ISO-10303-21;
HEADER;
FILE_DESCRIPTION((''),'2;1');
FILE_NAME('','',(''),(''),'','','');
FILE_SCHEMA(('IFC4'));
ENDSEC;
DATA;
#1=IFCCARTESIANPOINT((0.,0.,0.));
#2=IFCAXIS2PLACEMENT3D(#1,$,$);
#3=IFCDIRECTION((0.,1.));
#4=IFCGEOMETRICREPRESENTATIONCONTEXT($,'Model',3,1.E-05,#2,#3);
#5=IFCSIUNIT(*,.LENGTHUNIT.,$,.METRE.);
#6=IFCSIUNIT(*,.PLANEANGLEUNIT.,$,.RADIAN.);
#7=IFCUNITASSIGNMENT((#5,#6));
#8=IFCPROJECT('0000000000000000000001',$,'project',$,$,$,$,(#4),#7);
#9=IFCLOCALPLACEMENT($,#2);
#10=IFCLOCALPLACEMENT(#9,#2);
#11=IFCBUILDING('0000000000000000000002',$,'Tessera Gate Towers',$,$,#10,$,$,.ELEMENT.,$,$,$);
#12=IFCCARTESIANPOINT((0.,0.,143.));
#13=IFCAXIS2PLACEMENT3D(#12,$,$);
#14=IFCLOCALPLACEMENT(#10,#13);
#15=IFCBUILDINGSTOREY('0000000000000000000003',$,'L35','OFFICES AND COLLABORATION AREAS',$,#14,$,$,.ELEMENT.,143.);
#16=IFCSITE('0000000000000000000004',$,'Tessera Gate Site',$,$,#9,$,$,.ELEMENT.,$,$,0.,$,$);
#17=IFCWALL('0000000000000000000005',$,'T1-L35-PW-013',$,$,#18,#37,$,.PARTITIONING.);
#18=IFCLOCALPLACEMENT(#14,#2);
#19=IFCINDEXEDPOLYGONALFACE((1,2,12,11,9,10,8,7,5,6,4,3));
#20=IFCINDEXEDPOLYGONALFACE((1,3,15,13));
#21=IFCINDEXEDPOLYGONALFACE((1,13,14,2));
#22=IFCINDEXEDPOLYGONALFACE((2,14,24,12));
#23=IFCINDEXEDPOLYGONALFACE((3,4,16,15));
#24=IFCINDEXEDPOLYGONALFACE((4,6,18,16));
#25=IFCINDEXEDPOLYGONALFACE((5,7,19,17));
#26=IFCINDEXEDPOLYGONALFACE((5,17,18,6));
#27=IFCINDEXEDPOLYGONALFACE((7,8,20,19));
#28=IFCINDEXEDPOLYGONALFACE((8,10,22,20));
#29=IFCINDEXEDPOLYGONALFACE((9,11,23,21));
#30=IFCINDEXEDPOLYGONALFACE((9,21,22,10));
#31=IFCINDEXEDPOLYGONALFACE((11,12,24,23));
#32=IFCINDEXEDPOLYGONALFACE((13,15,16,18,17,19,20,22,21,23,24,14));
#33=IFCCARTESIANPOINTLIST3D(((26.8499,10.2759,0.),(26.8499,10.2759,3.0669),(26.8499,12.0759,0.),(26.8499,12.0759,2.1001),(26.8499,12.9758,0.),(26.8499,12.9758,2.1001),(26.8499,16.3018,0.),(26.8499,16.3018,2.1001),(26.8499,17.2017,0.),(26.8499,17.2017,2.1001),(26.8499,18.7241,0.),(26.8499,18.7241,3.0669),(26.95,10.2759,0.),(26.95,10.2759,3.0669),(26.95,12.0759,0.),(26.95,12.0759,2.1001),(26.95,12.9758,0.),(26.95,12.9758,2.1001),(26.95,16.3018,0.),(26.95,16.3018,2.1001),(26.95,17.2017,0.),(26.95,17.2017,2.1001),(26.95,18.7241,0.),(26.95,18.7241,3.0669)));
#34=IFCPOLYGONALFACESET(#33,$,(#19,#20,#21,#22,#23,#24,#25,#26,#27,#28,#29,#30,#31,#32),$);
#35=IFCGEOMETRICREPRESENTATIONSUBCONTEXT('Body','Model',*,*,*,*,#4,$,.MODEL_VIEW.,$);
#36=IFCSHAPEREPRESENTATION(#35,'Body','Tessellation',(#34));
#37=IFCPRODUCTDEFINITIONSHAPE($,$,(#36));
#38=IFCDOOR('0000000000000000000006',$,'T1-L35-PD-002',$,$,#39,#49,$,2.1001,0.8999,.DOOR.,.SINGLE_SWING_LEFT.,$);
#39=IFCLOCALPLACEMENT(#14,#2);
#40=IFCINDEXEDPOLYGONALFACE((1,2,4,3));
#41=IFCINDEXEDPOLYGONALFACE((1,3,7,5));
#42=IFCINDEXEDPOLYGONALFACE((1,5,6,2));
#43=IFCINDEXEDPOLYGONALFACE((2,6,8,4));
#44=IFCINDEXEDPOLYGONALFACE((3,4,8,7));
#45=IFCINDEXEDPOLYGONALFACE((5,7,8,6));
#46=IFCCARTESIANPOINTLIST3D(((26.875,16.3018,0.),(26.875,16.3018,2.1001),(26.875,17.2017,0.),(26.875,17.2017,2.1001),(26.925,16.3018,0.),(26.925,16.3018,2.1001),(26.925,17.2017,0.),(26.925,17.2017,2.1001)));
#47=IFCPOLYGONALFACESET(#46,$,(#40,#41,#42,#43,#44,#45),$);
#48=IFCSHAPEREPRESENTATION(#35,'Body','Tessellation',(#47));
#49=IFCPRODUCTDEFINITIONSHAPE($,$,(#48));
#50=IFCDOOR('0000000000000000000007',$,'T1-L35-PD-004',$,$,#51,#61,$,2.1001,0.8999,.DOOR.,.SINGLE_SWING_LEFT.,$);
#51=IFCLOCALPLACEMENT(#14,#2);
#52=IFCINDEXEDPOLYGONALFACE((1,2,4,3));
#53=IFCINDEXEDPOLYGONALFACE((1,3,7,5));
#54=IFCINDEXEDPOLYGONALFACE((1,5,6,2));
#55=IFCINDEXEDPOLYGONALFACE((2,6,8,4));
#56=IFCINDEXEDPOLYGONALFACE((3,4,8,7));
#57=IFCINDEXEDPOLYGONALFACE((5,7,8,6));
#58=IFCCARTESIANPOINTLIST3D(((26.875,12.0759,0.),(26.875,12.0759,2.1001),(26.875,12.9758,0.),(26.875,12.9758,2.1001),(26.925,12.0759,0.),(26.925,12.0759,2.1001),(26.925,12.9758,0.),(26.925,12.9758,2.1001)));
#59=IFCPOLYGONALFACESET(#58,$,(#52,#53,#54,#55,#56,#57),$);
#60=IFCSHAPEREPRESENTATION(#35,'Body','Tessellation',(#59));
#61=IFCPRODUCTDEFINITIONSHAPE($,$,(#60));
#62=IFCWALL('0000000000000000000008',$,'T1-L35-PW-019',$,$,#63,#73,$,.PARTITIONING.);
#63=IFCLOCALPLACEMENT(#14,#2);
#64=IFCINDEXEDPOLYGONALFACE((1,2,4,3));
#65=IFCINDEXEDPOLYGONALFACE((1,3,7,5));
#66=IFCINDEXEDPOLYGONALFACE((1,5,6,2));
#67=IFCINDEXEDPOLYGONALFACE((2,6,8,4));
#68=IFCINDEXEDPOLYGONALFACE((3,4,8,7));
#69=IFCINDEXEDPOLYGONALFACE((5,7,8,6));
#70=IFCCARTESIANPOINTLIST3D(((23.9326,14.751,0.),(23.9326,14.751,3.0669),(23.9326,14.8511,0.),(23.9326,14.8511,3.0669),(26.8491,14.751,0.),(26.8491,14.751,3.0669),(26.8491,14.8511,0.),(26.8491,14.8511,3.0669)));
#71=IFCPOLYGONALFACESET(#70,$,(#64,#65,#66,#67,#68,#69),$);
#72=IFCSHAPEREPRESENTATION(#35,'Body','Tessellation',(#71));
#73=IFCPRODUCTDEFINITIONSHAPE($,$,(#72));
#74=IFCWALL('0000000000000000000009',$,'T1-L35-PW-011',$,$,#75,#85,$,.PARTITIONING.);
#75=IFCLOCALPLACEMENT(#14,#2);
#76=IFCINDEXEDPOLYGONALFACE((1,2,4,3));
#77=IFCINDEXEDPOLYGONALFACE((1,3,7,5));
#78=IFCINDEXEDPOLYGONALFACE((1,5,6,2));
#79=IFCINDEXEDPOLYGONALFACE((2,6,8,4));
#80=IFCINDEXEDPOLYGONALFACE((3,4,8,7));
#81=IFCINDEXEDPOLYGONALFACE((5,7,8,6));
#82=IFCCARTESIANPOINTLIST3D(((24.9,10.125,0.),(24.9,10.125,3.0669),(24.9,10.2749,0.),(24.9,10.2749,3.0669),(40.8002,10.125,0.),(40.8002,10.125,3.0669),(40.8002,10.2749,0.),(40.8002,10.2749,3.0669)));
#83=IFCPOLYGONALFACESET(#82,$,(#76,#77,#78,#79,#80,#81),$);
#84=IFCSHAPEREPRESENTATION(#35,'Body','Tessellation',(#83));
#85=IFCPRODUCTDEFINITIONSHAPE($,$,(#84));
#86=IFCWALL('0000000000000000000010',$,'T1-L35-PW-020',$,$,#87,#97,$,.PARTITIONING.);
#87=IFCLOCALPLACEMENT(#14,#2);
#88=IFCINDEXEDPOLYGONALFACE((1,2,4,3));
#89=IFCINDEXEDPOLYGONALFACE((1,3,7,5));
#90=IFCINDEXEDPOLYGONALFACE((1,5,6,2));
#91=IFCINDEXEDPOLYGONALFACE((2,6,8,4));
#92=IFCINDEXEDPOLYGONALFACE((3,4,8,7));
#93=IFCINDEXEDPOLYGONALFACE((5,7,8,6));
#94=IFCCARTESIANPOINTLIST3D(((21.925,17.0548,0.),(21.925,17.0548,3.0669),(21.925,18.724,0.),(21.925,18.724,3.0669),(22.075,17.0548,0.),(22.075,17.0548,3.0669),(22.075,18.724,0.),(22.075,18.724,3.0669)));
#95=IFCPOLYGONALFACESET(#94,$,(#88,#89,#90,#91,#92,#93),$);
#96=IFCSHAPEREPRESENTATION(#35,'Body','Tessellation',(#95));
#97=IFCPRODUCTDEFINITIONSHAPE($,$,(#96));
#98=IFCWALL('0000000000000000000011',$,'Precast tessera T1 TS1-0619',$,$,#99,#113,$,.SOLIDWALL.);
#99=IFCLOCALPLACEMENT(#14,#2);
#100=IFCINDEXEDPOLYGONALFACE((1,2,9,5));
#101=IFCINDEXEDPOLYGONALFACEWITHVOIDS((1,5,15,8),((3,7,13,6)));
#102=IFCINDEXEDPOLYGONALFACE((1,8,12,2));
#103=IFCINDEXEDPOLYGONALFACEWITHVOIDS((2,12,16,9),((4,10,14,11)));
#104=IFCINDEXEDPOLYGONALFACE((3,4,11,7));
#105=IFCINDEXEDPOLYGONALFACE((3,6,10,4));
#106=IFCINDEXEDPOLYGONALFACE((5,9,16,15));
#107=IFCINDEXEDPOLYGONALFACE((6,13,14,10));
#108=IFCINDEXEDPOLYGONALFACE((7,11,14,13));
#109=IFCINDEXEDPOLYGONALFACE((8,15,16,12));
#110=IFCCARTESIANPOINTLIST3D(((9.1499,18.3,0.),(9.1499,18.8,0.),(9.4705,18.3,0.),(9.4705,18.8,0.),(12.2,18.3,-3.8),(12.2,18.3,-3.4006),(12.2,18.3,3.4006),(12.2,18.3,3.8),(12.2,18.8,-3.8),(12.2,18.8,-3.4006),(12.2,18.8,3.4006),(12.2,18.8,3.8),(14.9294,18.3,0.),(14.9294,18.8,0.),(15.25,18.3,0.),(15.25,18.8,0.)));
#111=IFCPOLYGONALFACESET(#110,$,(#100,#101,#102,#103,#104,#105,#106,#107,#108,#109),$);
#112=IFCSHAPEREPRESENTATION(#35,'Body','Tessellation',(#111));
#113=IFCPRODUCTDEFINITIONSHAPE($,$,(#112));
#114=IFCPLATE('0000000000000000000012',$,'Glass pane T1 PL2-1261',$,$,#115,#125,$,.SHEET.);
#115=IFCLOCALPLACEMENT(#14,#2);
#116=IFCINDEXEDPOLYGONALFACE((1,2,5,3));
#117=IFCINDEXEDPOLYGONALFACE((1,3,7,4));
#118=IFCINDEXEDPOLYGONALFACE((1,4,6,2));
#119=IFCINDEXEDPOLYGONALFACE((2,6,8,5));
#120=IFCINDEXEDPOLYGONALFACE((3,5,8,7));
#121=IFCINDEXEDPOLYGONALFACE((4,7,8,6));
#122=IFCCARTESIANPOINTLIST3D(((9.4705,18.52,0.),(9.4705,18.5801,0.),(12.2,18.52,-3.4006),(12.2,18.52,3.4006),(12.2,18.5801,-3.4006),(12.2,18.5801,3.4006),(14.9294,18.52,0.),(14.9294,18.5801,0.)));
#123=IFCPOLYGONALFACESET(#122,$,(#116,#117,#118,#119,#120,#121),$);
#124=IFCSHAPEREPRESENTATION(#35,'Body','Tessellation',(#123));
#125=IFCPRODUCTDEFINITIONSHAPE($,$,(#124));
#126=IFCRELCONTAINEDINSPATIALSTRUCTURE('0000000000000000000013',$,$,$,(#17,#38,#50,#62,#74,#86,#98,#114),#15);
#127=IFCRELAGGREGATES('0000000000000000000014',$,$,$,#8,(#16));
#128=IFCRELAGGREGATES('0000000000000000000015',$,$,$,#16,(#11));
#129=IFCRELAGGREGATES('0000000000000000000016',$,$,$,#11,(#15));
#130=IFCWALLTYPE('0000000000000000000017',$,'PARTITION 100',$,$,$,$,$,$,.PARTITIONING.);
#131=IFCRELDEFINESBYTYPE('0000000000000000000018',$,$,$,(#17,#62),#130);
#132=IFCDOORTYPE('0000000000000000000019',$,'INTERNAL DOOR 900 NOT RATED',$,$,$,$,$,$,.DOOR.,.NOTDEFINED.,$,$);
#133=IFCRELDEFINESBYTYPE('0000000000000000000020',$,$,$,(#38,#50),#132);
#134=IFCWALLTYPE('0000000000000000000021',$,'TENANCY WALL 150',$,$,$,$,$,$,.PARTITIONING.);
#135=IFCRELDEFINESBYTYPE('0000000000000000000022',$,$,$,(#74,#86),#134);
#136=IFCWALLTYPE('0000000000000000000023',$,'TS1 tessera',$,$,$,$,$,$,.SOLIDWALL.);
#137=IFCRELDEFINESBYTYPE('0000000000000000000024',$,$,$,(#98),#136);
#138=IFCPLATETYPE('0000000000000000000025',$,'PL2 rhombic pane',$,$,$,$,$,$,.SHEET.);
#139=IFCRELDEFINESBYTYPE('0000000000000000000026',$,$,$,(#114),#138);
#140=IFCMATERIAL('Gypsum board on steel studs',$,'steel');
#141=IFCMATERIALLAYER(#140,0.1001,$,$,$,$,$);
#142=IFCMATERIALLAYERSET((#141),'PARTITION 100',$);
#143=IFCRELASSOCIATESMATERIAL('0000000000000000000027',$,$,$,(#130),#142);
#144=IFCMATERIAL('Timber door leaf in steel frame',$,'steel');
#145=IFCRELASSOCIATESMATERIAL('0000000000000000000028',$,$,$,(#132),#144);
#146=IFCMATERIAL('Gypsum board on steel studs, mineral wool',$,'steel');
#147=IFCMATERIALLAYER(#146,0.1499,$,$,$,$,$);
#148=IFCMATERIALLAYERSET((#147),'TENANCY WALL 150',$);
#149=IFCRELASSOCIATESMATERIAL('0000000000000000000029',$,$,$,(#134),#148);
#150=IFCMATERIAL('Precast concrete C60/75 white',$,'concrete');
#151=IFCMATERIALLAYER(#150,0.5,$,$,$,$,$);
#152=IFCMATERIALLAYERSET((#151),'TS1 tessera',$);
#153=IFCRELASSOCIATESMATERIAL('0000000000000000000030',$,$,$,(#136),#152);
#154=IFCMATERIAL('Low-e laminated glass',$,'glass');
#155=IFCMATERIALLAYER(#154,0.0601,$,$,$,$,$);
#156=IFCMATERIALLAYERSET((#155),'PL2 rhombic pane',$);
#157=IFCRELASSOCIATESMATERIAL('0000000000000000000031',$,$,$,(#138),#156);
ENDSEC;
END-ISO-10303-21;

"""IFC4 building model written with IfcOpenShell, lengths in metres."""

from ifc_helpers import new_model, si_unit, direction, frame, frame_2d, origin, place, context, subcontext, project, spatial, polyline, rectangle, outline, extrude, source, transform, mapped, material, layer, layer_set, type_object, element, fill, save


model = new_model("IFC4")

# Units and contexts
model_context = context("Model", 3, precision=1e-05, world=origin(), true_north=direction((0.0, 1.0)))
body_context = subcontext(model_context, "Body", "Model", "MODEL_VIEW")
ifc_project = project(units=[si_unit("LENGTHUNIT", "METRE"), si_unit("PLANEANGLEUNIT", "RADIAN")], contexts=[model_context])

# Site, building, storey
site_placement = place(None, origin())
site = spatial("IfcSite", under=ifc_project, at=site_placement, Name="Tessera Gate Site", CompositionType="ELEMENT", RefElevation=0.0)
building_placement = place(site_placement, origin())
building = spatial("IfcBuilding", under=site, at=building_placement, Name="Tessera Gate Towers", CompositionType="ELEMENT")
storey_placement = place(building_placement, frame((0.0, 0.0, 143.0)))
storey = spatial("IfcBuildingStorey", under=building, at=storey_placement, Name="L35", Description="OFFICES AND COLLABORATION AREAS", CompositionType="ELEMENT", Elevation=143.0)

# Shared definitions
ifc_material_1 = material(Name="Gypsum board on steel studs", Category="steel")
ifc_layer_1 = layer(ifc_material_1, 0.1001)
ifc_layer_set_1 = layer_set([ifc_layer_1], Name="PARTITION 100")
wall_type_1 = type_object("IfcWallType", Name="PARTITION 100", PredefinedType="PARTITIONING", material=ifc_layer_set_1)

# Shared definitions
shared_shape_1 = source(origin(), body_context, "Body", "SweptSolid", [
    extrude(rectangle(XDim=0.8999, YDim=2.1001, at=frame_2d((0.45, 1.05))), frame((0.0, 0.0601, 0.0), z_axis=(0.0, -1.0, 0.0), x_axis=(1.0, 0.0, 0.0)), (0.0, 0.0, 1.0), 0.1201),
])
ifc_material_2 = material(Name="Timber door leaf in steel frame", Category="steel")
door_type = type_object("IfcDoorType", Name="INTERNAL DOOR 900 NOT RATED", OperationType="NOTDEFINED", PredefinedType="DOOR", material=ifc_material_2)
shared_shape_2 = source(origin(), body_context, "Body", "SweptSolid", [
    extrude(rectangle(XDim=0.8999, YDim=2.1001, at=frame_2d((0.45, 1.05))), frame((0.0, 0.0249, 0.0), z_axis=(0.0, -1.0, 0.0), x_axis=(1.0, 0.0, 0.0)), (0.0, 0.0, 1.0), 0.05),
])

# Wall, openings, doors
wall_1_placement = place(storey_placement, frame((26.8999, 10.2759, 0.0), z_axis=(0.0, 0.0, 1.0), x_axis=(0.0, 1.0, 0.0)))
wall_1 = element("IfcWall", 1, at=wall_1_placement, inside=storey, type_object=wall_type_1, Name="T1-L35-PW-013", PredefinedType="PARTITIONING", context=body_context, shape_type="SweptSolid", body=[
    extrude(rectangle(XDim=8.4482, YDim=0.1001, at=frame_2d((4.2241, 0.0))), origin(), (0.0, 0.0, 1.0), 3.0669),
])
opening_1_placement = place(wall_1_placement, frame((6.0259, 0.0, 0.0)))
opening_1 = element("IfcOpeningElement", 2, at=opening_1_placement, cuts=wall_1, PredefinedType="OPENING", context=body_context, shape_type="MappedRepresentation", body=[
    mapped(shared_shape_1, transform((0.0, 0.0, 0.0), scale=1.0)),
])
opening_2_placement = place(wall_1_placement, frame((1.8, 0.0, 0.0)))
opening_2 = element("IfcOpeningElement", 3, at=opening_2_placement, cuts=wall_1, PredefinedType="OPENING", context=body_context, shape_type="MappedRepresentation", body=[
    mapped(shared_shape_1, transform((0.0, 0.0, 0.0), scale=1.0)),
])
door_1_placement = place(opening_1_placement, origin())
door_1 = element("IfcDoor", 4, at=door_1_placement, inside=storey, type_object=door_type, Name="T1-L35-PD-002", OperationType="SINGLE_SWING_LEFT", OverallHeight=2.1001, OverallWidth=0.8999, PredefinedType="DOOR", context=body_context, shape_type="MappedRepresentation", body=[
    mapped(shared_shape_2, transform((0.0, 0.0, 0.0), scale=1.0)),
])
fill(opening_1, door_1)
door_2_placement = place(opening_2_placement, origin())
door_2 = element("IfcDoor", 5, at=door_2_placement, inside=storey, type_object=door_type, Name="T1-L35-PD-004", OperationType="SINGLE_SWING_LEFT", OverallHeight=2.1001, OverallWidth=0.8999, PredefinedType="DOOR", context=body_context, shape_type="MappedRepresentation", body=[
    mapped(shared_shape_2, transform((0.0, 0.0, 0.0), scale=1.0)),
])
fill(opening_2, door_2)

# Walls
wall_2_placement = place(storey_placement, frame((23.9326, 14.801, 0.0), z_axis=(0.0, 0.0, 1.0), x_axis=(1.0, 0.0, 0.0)))
element("IfcWall", 6, at=wall_2_placement, inside=storey, type_object=wall_type_1, Name="T1-L35-PW-019", PredefinedType="PARTITIONING", context=body_context, shape_type="SweptSolid", body=[
    extrude(rectangle(XDim=2.9165, YDim=0.1001, at=frame_2d((1.4583, 0.0))), origin(), (0.0, 0.0, 1.0), 3.0669),
])
ifc_material_3 = material(Name="Gypsum board on steel studs, mineral wool", Category="steel")
ifc_layer_2 = layer(ifc_material_3, 0.1499)
ifc_layer_set_2 = layer_set([ifc_layer_2], Name="TENANCY WALL 150")
wall_type_2 = type_object("IfcWallType", Name="TENANCY WALL 150", PredefinedType="PARTITIONING", material=ifc_layer_set_2)
wall_3_placement = place(storey_placement, frame((24.8999, 10.2, 0.0), z_axis=(0.0, 0.0, 1.0), x_axis=(1.0, 0.0, 0.0)))
element("IfcWall", 7, at=wall_3_placement, inside=storey, type_object=wall_type_2, Name="T1-L35-PW-011", PredefinedType="PARTITIONING", context=body_context, shape_type="SweptSolid", body=[
    extrude(rectangle(XDim=15.9001, YDim=0.1499, at=frame_2d((7.9502, 0.0))), origin(), (0.0, 0.0, 1.0), 3.0669),
])
wall_4_placement = place(storey_placement, frame((22.0, 17.0549, 0.0), z_axis=(0.0, 0.0, 1.0), x_axis=(0.0, 1.0, 0.0)))
element("IfcWall", 8, at=wall_4_placement, inside=storey, type_object=wall_type_2, Name="T1-L35-PW-020", PredefinedType="PARTITIONING", context=body_context, shape_type="SweptSolid", body=[
    extrude(rectangle(XDim=1.6692, YDim=0.1499, at=frame_2d((0.8345, 0.0))), origin(), (0.0, 0.0, 1.0), 3.0669),
])

# Wall, opening, plate
ifc_material_4 = material(Name="Precast concrete C60/75 white", Category="concrete")
ifc_layer_3 = layer(ifc_material_4, 0.5)
ifc_layer_set_3 = layer_set([ifc_layer_3], Name="TS1 tessera")
wall_type_3 = type_object("IfcWallType", Name="TS1 tessera", PredefinedType="SOLIDWALL", material=ifc_layer_set_3)
shared_shape_3 = source(origin(), body_context, "Body", "SweptSolid", [
    extrude(outline(polyline([(3.05, 0.0), (6.1001, 3.8), (3.05, 7.6001), (0.0, 3.8), (3.05, 0.0)])), frame((0.0, 0.25, 0.0), z_axis=(0.0, -1.0, 0.0), x_axis=(1.0, 0.0, 0.0)), (0.0, 0.0, 1.0), 0.5),
])
wall_5_placement = place(storey_placement, frame((9.1499, 18.55, -3.8), z_axis=(0.0, 0.0, 1.0), x_axis=(1.0, 0.0, 0.0)))
wall_5 = element("IfcWall", 9, at=wall_5_placement, inside=storey, type_object=wall_type_3, Name="Precast tessera T1 TS1-0619", PredefinedType="SOLIDWALL", context=body_context, shape_type="MappedRepresentation", body=[
    mapped(shared_shape_3, transform((0.0, 0.0, 0.0), scale=1.0)),
])
shared_shape_4 = source(origin(), body_context, "Body", "SweptSolid", [
    extrude(outline(polyline([(3.05, 0.3994), (5.7795, 3.8), (3.05, 7.2007), (0.3206, 3.8), (3.05, 0.3994)])), frame((0.0, 0.26, 0.0), z_axis=(0.0, -1.0, 0.0), x_axis=(1.0, 0.0, 0.0)), (0.0, 0.0, 1.0), 0.52),
])
opening_3_placement = place(wall_5_placement, origin())
opening_3 = element("IfcOpeningElement", 10, at=opening_3_placement, cuts=wall_5, PredefinedType="OPENING", context=body_context, shape_type="MappedRepresentation", body=[
    mapped(shared_shape_4, transform((0.0, 0.0, 0.0), scale=1.0)),
])
ifc_material_5 = material(Name="Low-e laminated glass", Category="glass")
ifc_layer_4 = layer(ifc_material_5, 0.0601)
ifc_layer_set_4 = layer_set([ifc_layer_4], Name="PL2 rhombic pane")
plate_type = type_object("IfcPlateType", Name="PL2 rhombic pane", PredefinedType="SHEET", material=ifc_layer_set_4)
shared_shape_5 = source(origin(), body_context, "Body", "SweptSolid", [
    extrude(outline(polyline([(3.05, 0.3994), (5.7795, 3.8), (3.05, 7.2007), (0.3206, 3.8), (3.05, 0.3994)])), frame((0.0, 0.03, 0.0), z_axis=(0.0, -1.0, 0.0), x_axis=(1.0, 0.0, 0.0)), (0.0, 0.0, 1.0), 0.0601),
])
plate_placement = place(opening_3_placement, origin())
plate = element("IfcPlate", 11, at=plate_placement, inside=storey, type_object=plate_type, Name="Glass pane T1 PL2-1261", PredefinedType="SHEET", context=body_context, shape_type="MappedRepresentation", body=[
    mapped(shared_shape_5, transform((0.0, 0.0, 0.0), scale=1.0)),
])
fill(opening_3, plate)

save(model, "model.ifc")
